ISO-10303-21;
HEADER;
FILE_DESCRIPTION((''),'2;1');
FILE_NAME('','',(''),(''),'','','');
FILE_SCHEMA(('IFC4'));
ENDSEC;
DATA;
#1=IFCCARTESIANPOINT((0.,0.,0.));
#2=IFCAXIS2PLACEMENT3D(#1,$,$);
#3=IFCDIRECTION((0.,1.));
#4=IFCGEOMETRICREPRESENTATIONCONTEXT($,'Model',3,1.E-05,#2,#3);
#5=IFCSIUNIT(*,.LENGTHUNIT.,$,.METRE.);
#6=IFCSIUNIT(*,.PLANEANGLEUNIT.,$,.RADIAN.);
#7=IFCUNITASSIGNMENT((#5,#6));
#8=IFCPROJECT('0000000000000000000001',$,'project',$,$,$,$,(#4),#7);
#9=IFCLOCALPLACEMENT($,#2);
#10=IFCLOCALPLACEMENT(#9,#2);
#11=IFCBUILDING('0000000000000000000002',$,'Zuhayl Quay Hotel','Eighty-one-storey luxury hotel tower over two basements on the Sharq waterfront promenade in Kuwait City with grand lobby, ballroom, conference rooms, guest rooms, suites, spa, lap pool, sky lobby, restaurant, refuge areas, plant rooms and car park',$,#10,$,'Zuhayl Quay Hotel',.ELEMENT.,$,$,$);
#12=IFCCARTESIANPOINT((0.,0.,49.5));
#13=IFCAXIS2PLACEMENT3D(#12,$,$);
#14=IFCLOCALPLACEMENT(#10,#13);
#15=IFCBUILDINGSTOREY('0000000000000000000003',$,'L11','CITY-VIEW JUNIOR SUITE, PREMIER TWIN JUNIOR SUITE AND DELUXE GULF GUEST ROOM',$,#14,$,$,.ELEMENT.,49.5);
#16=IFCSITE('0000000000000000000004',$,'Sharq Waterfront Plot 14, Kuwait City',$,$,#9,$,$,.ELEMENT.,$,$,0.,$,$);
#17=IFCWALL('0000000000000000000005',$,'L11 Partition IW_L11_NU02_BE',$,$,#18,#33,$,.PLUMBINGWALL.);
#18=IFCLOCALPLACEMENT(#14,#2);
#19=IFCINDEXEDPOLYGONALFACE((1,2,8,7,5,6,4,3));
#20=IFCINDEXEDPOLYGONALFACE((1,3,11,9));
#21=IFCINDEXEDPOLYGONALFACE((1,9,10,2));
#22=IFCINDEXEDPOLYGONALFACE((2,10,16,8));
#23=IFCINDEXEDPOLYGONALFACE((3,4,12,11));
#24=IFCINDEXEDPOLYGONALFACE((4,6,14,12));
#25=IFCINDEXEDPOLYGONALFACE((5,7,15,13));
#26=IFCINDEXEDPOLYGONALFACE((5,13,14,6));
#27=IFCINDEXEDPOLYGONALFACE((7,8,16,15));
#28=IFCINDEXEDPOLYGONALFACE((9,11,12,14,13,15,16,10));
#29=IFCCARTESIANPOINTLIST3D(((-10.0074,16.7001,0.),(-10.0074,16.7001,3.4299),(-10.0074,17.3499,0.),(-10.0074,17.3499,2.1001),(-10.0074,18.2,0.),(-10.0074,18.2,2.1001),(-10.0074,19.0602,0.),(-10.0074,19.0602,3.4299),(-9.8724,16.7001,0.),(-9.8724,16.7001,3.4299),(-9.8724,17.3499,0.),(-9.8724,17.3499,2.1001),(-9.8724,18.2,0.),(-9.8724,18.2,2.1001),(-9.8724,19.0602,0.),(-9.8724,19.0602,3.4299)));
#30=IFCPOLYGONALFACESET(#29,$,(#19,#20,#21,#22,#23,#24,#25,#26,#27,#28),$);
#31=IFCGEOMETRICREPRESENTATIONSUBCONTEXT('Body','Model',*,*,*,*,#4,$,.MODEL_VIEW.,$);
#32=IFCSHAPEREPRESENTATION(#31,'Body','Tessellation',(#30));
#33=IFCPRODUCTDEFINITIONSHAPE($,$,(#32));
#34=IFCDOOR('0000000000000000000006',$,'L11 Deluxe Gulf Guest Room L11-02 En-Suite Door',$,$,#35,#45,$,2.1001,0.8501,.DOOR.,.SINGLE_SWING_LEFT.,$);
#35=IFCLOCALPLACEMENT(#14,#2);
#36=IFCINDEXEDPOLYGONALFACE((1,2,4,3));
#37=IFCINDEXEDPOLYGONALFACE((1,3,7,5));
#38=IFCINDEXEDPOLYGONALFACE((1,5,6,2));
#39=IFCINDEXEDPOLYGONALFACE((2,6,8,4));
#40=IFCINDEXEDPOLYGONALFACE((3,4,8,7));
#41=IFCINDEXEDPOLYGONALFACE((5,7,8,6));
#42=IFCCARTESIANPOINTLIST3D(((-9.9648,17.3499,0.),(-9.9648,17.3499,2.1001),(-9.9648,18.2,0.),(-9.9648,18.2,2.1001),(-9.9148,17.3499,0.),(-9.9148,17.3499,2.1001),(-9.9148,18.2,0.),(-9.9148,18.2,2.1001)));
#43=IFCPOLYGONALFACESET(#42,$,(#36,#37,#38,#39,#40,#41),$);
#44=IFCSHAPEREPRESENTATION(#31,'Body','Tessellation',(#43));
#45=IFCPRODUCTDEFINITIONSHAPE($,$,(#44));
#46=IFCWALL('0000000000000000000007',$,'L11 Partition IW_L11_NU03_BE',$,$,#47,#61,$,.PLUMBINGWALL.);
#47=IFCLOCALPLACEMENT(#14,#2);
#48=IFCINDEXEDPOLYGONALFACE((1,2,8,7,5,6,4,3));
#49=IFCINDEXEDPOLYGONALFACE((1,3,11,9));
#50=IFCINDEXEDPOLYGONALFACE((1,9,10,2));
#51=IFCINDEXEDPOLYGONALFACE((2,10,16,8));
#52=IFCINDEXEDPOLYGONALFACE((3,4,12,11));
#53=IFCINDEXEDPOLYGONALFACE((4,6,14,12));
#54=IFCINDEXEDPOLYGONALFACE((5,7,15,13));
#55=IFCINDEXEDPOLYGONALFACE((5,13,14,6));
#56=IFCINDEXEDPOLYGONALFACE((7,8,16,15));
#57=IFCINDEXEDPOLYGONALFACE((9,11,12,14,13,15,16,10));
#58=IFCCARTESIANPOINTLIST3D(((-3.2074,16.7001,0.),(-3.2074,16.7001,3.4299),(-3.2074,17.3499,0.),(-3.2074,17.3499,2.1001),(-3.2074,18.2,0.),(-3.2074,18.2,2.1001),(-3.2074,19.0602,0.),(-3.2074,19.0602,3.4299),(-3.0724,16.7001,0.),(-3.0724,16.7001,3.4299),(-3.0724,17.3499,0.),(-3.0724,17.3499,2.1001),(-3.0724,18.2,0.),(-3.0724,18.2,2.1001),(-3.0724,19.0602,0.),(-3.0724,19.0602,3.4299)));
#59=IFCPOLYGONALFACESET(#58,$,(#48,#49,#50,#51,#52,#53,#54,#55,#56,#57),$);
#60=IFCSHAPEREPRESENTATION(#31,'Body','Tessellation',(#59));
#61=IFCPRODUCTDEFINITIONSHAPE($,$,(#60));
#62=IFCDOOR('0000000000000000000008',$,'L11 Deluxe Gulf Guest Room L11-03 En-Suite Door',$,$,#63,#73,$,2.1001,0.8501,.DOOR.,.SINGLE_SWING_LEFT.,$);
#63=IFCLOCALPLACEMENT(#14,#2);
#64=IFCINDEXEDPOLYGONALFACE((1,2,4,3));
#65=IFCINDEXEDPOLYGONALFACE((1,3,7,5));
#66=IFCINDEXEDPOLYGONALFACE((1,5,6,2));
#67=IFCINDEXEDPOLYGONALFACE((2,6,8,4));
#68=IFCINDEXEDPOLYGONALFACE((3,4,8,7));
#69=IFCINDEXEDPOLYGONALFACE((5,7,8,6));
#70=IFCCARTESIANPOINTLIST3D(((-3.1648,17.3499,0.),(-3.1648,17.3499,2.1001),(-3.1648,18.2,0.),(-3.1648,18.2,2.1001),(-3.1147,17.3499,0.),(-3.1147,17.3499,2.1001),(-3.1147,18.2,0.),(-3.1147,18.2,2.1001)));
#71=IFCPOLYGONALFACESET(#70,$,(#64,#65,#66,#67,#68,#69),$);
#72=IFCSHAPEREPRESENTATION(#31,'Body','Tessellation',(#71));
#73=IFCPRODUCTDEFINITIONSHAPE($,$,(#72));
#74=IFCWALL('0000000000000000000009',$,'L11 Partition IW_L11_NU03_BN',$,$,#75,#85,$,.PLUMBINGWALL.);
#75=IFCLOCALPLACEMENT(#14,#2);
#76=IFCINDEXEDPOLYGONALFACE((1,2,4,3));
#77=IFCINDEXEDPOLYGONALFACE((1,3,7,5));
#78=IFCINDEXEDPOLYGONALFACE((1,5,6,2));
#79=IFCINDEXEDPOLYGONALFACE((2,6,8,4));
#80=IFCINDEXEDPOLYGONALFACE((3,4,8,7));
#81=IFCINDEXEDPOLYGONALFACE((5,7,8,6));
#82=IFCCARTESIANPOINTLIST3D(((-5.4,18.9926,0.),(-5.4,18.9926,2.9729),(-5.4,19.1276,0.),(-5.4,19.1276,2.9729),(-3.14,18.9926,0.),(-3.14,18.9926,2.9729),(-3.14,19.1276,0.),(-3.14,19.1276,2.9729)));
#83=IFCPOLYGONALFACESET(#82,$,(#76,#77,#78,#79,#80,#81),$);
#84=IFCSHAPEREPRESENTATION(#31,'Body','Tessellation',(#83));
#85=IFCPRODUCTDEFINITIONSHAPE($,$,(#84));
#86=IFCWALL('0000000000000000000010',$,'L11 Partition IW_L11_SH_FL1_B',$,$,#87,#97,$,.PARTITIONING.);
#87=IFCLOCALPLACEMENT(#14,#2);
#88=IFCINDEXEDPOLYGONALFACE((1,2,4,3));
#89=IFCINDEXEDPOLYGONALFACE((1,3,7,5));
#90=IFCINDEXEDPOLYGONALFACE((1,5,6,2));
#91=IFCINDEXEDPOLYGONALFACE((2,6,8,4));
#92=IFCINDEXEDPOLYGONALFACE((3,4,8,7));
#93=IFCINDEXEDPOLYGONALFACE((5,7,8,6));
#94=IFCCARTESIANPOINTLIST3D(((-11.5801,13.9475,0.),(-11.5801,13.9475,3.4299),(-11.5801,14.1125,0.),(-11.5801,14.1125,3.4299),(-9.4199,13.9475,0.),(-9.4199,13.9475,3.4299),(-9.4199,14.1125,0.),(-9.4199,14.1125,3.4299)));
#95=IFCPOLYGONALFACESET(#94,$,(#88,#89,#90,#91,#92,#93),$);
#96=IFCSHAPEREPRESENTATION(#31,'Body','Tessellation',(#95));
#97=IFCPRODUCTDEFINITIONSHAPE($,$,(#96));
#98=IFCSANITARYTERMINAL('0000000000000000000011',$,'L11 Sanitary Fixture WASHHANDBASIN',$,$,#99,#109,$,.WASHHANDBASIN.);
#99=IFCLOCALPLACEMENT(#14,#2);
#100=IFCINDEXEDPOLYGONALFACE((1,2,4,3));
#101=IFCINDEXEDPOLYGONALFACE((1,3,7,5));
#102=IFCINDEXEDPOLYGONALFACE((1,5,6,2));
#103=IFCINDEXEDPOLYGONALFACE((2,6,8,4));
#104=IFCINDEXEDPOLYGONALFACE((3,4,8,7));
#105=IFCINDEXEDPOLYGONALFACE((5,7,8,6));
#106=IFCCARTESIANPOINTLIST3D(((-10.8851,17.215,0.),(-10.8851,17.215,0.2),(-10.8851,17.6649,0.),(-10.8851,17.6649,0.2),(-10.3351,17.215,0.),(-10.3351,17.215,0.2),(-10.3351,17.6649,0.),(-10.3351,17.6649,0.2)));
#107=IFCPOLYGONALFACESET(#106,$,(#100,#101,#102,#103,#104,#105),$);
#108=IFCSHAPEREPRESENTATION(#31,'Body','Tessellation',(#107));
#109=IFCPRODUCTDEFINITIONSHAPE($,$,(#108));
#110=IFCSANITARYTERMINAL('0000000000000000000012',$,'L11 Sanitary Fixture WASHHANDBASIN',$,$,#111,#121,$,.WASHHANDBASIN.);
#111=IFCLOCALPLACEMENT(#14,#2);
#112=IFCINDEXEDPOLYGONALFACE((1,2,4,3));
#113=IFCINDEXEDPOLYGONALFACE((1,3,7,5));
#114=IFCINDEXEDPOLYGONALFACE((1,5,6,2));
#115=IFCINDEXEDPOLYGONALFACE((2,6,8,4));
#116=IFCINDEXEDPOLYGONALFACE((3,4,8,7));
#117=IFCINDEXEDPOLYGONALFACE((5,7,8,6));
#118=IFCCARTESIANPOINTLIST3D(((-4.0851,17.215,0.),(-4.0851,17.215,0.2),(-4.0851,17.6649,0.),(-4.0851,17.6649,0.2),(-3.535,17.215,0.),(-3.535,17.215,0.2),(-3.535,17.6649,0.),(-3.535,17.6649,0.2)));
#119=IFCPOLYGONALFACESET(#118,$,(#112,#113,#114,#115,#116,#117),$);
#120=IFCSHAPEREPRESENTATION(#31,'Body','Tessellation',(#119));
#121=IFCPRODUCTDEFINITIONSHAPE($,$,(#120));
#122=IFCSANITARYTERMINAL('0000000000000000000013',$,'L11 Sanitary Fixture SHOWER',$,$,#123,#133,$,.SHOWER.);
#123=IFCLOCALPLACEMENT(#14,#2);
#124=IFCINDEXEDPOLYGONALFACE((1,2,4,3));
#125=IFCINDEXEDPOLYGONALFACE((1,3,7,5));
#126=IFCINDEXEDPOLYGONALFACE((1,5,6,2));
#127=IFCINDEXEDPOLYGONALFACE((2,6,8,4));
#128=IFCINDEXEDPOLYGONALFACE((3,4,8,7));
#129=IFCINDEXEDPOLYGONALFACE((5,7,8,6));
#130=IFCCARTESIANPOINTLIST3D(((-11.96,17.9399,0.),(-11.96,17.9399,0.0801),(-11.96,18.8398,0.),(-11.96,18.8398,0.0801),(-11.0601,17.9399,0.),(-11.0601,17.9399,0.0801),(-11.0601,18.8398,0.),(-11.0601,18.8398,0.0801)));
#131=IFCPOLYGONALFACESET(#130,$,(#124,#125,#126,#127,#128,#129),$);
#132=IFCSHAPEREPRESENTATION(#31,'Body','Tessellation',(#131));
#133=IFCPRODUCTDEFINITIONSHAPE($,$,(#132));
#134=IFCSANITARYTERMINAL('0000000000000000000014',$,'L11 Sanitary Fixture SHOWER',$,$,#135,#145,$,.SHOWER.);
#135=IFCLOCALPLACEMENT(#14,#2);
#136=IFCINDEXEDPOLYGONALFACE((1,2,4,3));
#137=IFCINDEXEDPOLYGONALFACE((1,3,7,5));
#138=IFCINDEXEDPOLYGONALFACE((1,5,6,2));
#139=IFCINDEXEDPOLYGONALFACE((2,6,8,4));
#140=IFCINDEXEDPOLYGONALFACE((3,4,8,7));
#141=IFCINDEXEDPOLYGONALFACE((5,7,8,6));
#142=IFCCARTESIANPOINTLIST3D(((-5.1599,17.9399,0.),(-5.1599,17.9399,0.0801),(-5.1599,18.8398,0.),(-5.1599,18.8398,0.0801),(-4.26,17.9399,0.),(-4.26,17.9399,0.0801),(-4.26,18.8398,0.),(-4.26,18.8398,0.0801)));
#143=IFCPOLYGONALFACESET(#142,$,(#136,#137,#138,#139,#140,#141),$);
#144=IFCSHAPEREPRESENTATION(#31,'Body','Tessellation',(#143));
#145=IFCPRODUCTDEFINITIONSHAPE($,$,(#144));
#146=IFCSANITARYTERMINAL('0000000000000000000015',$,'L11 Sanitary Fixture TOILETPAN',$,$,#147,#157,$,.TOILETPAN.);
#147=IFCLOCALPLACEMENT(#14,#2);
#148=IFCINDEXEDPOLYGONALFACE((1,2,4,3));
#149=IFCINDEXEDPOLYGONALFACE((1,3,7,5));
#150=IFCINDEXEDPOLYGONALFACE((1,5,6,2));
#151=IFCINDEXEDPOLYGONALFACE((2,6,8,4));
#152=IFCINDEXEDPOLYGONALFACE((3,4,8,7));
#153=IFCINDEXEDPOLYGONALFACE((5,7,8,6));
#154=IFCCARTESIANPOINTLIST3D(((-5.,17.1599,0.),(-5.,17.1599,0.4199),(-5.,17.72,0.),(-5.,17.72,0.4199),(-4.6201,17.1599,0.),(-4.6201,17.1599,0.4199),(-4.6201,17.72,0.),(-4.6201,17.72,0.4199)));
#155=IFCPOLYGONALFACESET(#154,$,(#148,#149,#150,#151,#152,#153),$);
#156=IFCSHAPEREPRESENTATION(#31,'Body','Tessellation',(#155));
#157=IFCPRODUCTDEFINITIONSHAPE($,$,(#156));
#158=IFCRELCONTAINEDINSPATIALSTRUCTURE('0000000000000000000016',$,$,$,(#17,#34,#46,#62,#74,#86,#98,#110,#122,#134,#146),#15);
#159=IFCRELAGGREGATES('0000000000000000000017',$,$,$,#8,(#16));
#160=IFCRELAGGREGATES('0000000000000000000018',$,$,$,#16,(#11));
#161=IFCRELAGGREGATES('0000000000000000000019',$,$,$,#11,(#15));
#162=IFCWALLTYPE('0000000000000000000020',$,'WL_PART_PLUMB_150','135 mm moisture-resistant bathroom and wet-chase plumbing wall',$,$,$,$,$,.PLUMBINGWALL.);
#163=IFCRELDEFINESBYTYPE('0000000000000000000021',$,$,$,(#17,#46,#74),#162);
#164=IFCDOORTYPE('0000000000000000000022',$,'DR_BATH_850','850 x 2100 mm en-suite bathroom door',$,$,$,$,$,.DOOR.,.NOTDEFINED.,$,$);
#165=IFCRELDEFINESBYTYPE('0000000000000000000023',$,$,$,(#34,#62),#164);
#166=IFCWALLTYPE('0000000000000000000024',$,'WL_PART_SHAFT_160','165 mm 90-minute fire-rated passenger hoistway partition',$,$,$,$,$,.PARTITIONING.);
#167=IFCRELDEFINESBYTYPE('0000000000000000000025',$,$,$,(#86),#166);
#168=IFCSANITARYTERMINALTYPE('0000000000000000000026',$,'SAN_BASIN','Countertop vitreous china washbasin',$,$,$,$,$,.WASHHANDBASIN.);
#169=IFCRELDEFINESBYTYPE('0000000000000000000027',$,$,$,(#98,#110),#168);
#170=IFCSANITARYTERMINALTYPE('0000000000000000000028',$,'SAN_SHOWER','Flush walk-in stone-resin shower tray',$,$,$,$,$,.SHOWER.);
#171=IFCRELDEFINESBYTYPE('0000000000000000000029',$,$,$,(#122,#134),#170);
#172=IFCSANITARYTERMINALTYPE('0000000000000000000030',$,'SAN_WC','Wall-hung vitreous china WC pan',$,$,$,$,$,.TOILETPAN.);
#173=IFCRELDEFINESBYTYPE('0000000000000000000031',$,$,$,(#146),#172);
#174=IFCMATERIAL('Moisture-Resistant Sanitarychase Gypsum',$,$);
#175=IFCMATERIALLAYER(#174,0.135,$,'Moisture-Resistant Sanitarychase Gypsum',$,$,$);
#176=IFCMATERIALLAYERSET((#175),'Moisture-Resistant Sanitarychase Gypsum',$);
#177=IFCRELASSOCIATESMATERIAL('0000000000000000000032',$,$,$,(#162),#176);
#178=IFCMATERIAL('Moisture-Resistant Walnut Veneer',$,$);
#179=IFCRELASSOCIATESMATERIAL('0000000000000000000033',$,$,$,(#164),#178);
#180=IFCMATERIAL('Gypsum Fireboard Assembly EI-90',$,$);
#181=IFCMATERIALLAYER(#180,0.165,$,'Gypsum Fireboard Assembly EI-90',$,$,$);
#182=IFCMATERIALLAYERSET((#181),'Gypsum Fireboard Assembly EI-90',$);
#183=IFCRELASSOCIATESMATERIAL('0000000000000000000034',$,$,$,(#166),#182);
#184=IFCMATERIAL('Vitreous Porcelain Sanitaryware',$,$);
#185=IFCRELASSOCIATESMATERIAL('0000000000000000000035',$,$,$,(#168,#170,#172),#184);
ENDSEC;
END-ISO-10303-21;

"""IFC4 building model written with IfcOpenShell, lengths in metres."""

from ifc_helpers import new_model, si_unit, direction, frame, frame_2d, origin, origin_2d, place, context, subcontext, project, spatial, rectangle, extrude, material, layer, layer_set, type_object, element, fill, save


model = new_model("IFC4")

# Units and contexts
model_context = context("Model", 3, precision=1e-05, world=origin(), true_north=direction((0.0, 1.0)))
body_context = subcontext(model_context, "Body", "Model", "MODEL_VIEW")
ifc_project = project(units=[si_unit("LENGTHUNIT", "METRE"), si_unit("PLANEANGLEUNIT", "RADIAN")], contexts=[model_context])

# Site, building, storey
site_placement = place(None, origin())
site = spatial("IfcSite", under=ifc_project, at=site_placement, Name="Sharq Waterfront Plot 14, Kuwait City", CompositionType="ELEMENT", RefElevation=0.0)
building_placement = place(site_placement, origin())
building = spatial("IfcBuilding", under=site, at=building_placement, Name="Zuhayl Quay Hotel", Description="Eighty-one-storey luxury hotel tower over two basements on the Sharq waterfront promenade in Kuwait City with grand lobby, ballroom, conference rooms, guest rooms, suites, spa, lap pool, sky lobby, restaurant, refuge areas, plant rooms and car park", LongName="Zuhayl Quay Hotel", CompositionType="ELEMENT")
storey_placement = place(building_placement, frame((0.0, 0.0, 49.5)))
storey = spatial("IfcBuildingStorey", under=building, at=storey_placement, Name="L11", Description="CITY-VIEW JUNIOR SUITE, PREMIER TWIN JUNIOR SUITE AND DELUXE GULF GUEST ROOM", CompositionType="ELEMENT", Elevation=49.5)

# Walls, openings, doors
ifc_material_1 = material(Name="Moisture-Resistant Sanitarychase Gypsum")
ifc_layer_1 = layer(ifc_material_1, 0.135, Name="Moisture-Resistant Sanitarychase Gypsum")
ifc_layer_set_1 = layer_set([ifc_layer_1], Name="Moisture-Resistant Sanitarychase Gypsum")
wall_type_1 = type_object("IfcWallType", Name="WL_PART_PLUMB_150", Description="135 mm moisture-resistant bathroom and wet-chase plumbing wall", PredefinedType="PLUMBINGWALL", material=ifc_layer_set_1)
wall_1_placement = place(storey_placement, frame((-9.9399, 16.7, 0.0), z_axis=(0.0, 0.0, 1.0), x_axis=(0.0, 1.0, 0.0)))
wall_1 = element("IfcWall", 1, at=wall_1_placement, inside=storey, type_object=wall_type_1, Name="L11 Partition IW_L11_NU02_BE", PredefinedType="PLUMBINGWALL", context=body_context, shape_type="SweptSolid", body=[
    extrude(rectangle(XDim=2.3601, YDim=0.135, at=frame_2d((1.1802, 0.0))), origin(), (0.0, 0.0, 1.0), 3.4299),
])
opening_1_placement = place(wall_1_placement, frame((0.6499, 0.0, 0.0)))
opening_1 = element("IfcOpeningElement", 2, at=opening_1_placement, cuts=wall_1, PredefinedType="OPENING", context=body_context, shape_type="SweptSolid", body=[
    extrude(rectangle(XDim=0.8501, YDim=2.1001, at=frame_2d((0.425, 1.05))), frame((0.0, 0.0774, 0.0), z_axis=(0.0, -1.0, 0.0), x_axis=(1.0, 0.0, 0.0)), (0.0, 0.0, 1.0), 0.155),
])
ifc_material_2 = material(Name="Moisture-Resistant Walnut Veneer")
door_type_1 = type_object("IfcDoorType", Name="DR_BATH_850", Description="850 x 2100 mm en-suite bathroom door", OperationType="NOTDEFINED", PredefinedType="DOOR", material=ifc_material_2)
door_1_placement = place(opening_1_placement, origin())
door_1 = element("IfcDoor", 3, at=door_1_placement, inside=storey, type_object=door_type_1, Name="L11 Deluxe Gulf Guest Room L11-02 En-Suite Door", OperationType="SINGLE_SWING_LEFT", OverallHeight=2.1001, OverallWidth=0.8501, PredefinedType="DOOR", context=body_context, shape_type="SweptSolid", body=[
    extrude(rectangle(XDim=0.8501, YDim=2.1001, at=frame_2d((0.425, 1.05))), frame((0.0, 0.0249, 0.0), z_axis=(0.0, -1.0, 0.0), x_axis=(1.0, 0.0, 0.0)), (0.0, 0.0, 1.0), 0.05),
])
fill(opening_1, door_1)
wall_2_placement = place(storey_placement, frame((-3.1399, 16.7, 0.0), z_axis=(0.0, 0.0, 1.0), x_axis=(0.0, 1.0, 0.0)))
wall_2 = element("IfcWall", 4, at=wall_2_placement, inside=storey, type_object=wall_type_1, Name="L11 Partition IW_L11_NU03_BE", PredefinedType="PLUMBINGWALL", context=body_context, shape_type="SweptSolid", body=[
    extrude(rectangle(XDim=2.3601, YDim=0.135, at=frame_2d((1.1802, 0.0))), origin(), (0.0, 0.0, 1.0), 3.4299),
])
opening_2_placement = place(wall_2_placement, frame((0.6499, 0.0, 0.0)))
opening_2 = element("IfcOpeningElement", 5, at=opening_2_placement, cuts=wall_2, PredefinedType="OPENING", context=body_context, shape_type="SweptSolid", body=[
    extrude(rectangle(XDim=0.8501, YDim=2.1001, at=frame_2d((0.425, 1.05))), frame((0.0, 0.0774, 0.0), z_axis=(0.0, -1.0, 0.0), x_axis=(1.0, 0.0, 0.0)), (0.0, 0.0, 1.0), 0.155),
])
door_2_placement = place(opening_2_placement, origin())
door_2 = element("IfcDoor", 6, at=door_2_placement, inside=storey, type_object=door_type_1, Name="L11 Deluxe Gulf Guest Room L11-03 En-Suite Door", OperationType="SINGLE_SWING_LEFT", OverallHeight=2.1001, OverallWidth=0.8501, PredefinedType="DOOR", context=body_context, shape_type="SweptSolid", body=[
    extrude(rectangle(XDim=0.8501, YDim=2.1001, at=frame_2d((0.425, 1.05))), frame((0.0, 0.0249, 0.0), z_axis=(0.0, -1.0, 0.0), x_axis=(1.0, 0.0, 0.0)), (0.0, 0.0, 1.0), 0.05),
])
fill(opening_2, door_2)

# Walls
wall_3_placement = place(storey_placement, frame((-5.3999, 19.0601, 0.0), z_axis=(0.0, 0.0, 1.0), x_axis=(1.0, 0.0, 0.0)))
element("IfcWall", 7, at=wall_3_placement, inside=storey, type_object=wall_type_1, Name="L11 Partition IW_L11_NU03_BN", PredefinedType="PLUMBINGWALL", context=body_context, shape_type="SweptSolid", body=[
    extrude(rectangle(XDim=2.26, YDim=0.135, at=frame_2d((1.1299, 0.0))), origin(), (0.0, 0.0, 1.0), 2.9729),
])
ifc_material_3 = material(Name="Gypsum Fireboard Assembly EI-90")
ifc_layer_2 = layer(ifc_material_3, 0.165, Name="Gypsum Fireboard Assembly EI-90")
ifc_layer_set_2 = layer_set([ifc_layer_2], Name="Gypsum Fireboard Assembly EI-90")
wall_type_2 = type_object("IfcWallType", Name="WL_PART_SHAFT_160", Description="165 mm 90-minute fire-rated passenger hoistway partition", PredefinedType="PARTITIONING", material=ifc_layer_set_2)
wall_4_placement = place(storey_placement, frame((-11.5801, 14.03, 0.0), z_axis=(0.0, 0.0, 1.0), x_axis=(1.0, 0.0, 0.0)))
element("IfcWall", 8, at=wall_4_placement, inside=storey, type_object=wall_type_2, Name="L11 Partition IW_L11_SH_FL1_B", PredefinedType="PARTITIONING", context=body_context, shape_type="SweptSolid", body=[
    extrude(rectangle(XDim=2.1602, YDim=0.165, at=frame_2d((1.0801, 0.0))), origin(), (0.0, 0.0, 1.0), 3.4299),
])

# Sanitary terminals
ifc_material_4 = material(Name="Vitreous Porcelain Sanitaryware")
sanitary_terminal_type_1 = type_object("IfcSanitaryTerminalType", Name="SAN_BASIN", Description="Countertop vitreous china washbasin", PredefinedType="WASHHANDBASIN", material=ifc_material_4)
for number, where, z_axis, x_axis, name in (
    (9, (-10.6101, 17.4399, 0.0), (0.0, 0.0, 1.0), (1.0, 0.0, 0.0), "L11 Sanitary Fixture WASHHANDBASIN"),
    (10, (-3.8101, 17.4399, 0.0), (0.0, 0.0, 1.0), (1.0, 0.0, 0.0), "L11 Sanitary Fixture WASHHANDBASIN"),
):
    element("IfcSanitaryTerminal", number, at=place(storey_placement, frame(where, z_axis=z_axis, x_axis=x_axis)), inside=storey, type_object=sanitary_terminal_type_1, Name=name, PredefinedType="WASHHANDBASIN", context=body_context, shape_type="SweptSolid", body=[
        extrude(rectangle(XDim=0.55, YDim=0.45, at=origin_2d()), origin(), (0.0, 0.0, 1.0), 0.2),
    ])
sanitary_terminal_type_2 = type_object("IfcSanitaryTerminalType", Name="SAN_SHOWER", Description="Flush walk-in stone-resin shower tray", PredefinedType="SHOWER", material=ifc_material_4)
for number, where, z_axis, x_axis, name in (
    (11, (-11.51, 18.3899, 0.0), (0.0, 0.0, 1.0), (1.0, 0.0, 0.0), "L11 Sanitary Fixture SHOWER"),
    (12, (-4.71, 18.3899, 0.0), (0.0, 0.0, 1.0), (1.0, 0.0, 0.0), "L11 Sanitary Fixture SHOWER"),
):
    element("IfcSanitaryTerminal", number, at=place(storey_placement, frame(where, z_axis=z_axis, x_axis=x_axis)), inside=storey, type_object=sanitary_terminal_type_2, Name=name, PredefinedType="SHOWER", context=body_context, shape_type="SweptSolid", body=[
        extrude(rectangle(XDim=0.8999, YDim=0.8999, at=origin_2d()), origin(), (0.0, 0.0, 1.0), 0.0801),
    ])
sanitary_terminal_type_3 = type_object("IfcSanitaryTerminalType", Name="SAN_WC", Description="Wall-hung vitreous china WC pan", PredefinedType="TOILETPAN", material=ifc_material_4)
sanitary_terminal_placement = place(storey_placement, frame((-4.8101, 17.4399, 0.0), z_axis=(0.0, 0.0, 1.0), x_axis=(1.0, 0.0, 0.0)))
element("IfcSanitaryTerminal", 13, at=sanitary_terminal_placement, inside=storey, type_object=sanitary_terminal_type_3, Name="L11 Sanitary Fixture TOILETPAN", PredefinedType="TOILETPAN", context=body_context, shape_type="SweptSolid", body=[
    extrude(rectangle(XDim=0.3799, YDim=0.5601, at=origin_2d()), origin(), (0.0, 0.0, 1.0), 0.4199),
])

save(model, "model.ifc")
